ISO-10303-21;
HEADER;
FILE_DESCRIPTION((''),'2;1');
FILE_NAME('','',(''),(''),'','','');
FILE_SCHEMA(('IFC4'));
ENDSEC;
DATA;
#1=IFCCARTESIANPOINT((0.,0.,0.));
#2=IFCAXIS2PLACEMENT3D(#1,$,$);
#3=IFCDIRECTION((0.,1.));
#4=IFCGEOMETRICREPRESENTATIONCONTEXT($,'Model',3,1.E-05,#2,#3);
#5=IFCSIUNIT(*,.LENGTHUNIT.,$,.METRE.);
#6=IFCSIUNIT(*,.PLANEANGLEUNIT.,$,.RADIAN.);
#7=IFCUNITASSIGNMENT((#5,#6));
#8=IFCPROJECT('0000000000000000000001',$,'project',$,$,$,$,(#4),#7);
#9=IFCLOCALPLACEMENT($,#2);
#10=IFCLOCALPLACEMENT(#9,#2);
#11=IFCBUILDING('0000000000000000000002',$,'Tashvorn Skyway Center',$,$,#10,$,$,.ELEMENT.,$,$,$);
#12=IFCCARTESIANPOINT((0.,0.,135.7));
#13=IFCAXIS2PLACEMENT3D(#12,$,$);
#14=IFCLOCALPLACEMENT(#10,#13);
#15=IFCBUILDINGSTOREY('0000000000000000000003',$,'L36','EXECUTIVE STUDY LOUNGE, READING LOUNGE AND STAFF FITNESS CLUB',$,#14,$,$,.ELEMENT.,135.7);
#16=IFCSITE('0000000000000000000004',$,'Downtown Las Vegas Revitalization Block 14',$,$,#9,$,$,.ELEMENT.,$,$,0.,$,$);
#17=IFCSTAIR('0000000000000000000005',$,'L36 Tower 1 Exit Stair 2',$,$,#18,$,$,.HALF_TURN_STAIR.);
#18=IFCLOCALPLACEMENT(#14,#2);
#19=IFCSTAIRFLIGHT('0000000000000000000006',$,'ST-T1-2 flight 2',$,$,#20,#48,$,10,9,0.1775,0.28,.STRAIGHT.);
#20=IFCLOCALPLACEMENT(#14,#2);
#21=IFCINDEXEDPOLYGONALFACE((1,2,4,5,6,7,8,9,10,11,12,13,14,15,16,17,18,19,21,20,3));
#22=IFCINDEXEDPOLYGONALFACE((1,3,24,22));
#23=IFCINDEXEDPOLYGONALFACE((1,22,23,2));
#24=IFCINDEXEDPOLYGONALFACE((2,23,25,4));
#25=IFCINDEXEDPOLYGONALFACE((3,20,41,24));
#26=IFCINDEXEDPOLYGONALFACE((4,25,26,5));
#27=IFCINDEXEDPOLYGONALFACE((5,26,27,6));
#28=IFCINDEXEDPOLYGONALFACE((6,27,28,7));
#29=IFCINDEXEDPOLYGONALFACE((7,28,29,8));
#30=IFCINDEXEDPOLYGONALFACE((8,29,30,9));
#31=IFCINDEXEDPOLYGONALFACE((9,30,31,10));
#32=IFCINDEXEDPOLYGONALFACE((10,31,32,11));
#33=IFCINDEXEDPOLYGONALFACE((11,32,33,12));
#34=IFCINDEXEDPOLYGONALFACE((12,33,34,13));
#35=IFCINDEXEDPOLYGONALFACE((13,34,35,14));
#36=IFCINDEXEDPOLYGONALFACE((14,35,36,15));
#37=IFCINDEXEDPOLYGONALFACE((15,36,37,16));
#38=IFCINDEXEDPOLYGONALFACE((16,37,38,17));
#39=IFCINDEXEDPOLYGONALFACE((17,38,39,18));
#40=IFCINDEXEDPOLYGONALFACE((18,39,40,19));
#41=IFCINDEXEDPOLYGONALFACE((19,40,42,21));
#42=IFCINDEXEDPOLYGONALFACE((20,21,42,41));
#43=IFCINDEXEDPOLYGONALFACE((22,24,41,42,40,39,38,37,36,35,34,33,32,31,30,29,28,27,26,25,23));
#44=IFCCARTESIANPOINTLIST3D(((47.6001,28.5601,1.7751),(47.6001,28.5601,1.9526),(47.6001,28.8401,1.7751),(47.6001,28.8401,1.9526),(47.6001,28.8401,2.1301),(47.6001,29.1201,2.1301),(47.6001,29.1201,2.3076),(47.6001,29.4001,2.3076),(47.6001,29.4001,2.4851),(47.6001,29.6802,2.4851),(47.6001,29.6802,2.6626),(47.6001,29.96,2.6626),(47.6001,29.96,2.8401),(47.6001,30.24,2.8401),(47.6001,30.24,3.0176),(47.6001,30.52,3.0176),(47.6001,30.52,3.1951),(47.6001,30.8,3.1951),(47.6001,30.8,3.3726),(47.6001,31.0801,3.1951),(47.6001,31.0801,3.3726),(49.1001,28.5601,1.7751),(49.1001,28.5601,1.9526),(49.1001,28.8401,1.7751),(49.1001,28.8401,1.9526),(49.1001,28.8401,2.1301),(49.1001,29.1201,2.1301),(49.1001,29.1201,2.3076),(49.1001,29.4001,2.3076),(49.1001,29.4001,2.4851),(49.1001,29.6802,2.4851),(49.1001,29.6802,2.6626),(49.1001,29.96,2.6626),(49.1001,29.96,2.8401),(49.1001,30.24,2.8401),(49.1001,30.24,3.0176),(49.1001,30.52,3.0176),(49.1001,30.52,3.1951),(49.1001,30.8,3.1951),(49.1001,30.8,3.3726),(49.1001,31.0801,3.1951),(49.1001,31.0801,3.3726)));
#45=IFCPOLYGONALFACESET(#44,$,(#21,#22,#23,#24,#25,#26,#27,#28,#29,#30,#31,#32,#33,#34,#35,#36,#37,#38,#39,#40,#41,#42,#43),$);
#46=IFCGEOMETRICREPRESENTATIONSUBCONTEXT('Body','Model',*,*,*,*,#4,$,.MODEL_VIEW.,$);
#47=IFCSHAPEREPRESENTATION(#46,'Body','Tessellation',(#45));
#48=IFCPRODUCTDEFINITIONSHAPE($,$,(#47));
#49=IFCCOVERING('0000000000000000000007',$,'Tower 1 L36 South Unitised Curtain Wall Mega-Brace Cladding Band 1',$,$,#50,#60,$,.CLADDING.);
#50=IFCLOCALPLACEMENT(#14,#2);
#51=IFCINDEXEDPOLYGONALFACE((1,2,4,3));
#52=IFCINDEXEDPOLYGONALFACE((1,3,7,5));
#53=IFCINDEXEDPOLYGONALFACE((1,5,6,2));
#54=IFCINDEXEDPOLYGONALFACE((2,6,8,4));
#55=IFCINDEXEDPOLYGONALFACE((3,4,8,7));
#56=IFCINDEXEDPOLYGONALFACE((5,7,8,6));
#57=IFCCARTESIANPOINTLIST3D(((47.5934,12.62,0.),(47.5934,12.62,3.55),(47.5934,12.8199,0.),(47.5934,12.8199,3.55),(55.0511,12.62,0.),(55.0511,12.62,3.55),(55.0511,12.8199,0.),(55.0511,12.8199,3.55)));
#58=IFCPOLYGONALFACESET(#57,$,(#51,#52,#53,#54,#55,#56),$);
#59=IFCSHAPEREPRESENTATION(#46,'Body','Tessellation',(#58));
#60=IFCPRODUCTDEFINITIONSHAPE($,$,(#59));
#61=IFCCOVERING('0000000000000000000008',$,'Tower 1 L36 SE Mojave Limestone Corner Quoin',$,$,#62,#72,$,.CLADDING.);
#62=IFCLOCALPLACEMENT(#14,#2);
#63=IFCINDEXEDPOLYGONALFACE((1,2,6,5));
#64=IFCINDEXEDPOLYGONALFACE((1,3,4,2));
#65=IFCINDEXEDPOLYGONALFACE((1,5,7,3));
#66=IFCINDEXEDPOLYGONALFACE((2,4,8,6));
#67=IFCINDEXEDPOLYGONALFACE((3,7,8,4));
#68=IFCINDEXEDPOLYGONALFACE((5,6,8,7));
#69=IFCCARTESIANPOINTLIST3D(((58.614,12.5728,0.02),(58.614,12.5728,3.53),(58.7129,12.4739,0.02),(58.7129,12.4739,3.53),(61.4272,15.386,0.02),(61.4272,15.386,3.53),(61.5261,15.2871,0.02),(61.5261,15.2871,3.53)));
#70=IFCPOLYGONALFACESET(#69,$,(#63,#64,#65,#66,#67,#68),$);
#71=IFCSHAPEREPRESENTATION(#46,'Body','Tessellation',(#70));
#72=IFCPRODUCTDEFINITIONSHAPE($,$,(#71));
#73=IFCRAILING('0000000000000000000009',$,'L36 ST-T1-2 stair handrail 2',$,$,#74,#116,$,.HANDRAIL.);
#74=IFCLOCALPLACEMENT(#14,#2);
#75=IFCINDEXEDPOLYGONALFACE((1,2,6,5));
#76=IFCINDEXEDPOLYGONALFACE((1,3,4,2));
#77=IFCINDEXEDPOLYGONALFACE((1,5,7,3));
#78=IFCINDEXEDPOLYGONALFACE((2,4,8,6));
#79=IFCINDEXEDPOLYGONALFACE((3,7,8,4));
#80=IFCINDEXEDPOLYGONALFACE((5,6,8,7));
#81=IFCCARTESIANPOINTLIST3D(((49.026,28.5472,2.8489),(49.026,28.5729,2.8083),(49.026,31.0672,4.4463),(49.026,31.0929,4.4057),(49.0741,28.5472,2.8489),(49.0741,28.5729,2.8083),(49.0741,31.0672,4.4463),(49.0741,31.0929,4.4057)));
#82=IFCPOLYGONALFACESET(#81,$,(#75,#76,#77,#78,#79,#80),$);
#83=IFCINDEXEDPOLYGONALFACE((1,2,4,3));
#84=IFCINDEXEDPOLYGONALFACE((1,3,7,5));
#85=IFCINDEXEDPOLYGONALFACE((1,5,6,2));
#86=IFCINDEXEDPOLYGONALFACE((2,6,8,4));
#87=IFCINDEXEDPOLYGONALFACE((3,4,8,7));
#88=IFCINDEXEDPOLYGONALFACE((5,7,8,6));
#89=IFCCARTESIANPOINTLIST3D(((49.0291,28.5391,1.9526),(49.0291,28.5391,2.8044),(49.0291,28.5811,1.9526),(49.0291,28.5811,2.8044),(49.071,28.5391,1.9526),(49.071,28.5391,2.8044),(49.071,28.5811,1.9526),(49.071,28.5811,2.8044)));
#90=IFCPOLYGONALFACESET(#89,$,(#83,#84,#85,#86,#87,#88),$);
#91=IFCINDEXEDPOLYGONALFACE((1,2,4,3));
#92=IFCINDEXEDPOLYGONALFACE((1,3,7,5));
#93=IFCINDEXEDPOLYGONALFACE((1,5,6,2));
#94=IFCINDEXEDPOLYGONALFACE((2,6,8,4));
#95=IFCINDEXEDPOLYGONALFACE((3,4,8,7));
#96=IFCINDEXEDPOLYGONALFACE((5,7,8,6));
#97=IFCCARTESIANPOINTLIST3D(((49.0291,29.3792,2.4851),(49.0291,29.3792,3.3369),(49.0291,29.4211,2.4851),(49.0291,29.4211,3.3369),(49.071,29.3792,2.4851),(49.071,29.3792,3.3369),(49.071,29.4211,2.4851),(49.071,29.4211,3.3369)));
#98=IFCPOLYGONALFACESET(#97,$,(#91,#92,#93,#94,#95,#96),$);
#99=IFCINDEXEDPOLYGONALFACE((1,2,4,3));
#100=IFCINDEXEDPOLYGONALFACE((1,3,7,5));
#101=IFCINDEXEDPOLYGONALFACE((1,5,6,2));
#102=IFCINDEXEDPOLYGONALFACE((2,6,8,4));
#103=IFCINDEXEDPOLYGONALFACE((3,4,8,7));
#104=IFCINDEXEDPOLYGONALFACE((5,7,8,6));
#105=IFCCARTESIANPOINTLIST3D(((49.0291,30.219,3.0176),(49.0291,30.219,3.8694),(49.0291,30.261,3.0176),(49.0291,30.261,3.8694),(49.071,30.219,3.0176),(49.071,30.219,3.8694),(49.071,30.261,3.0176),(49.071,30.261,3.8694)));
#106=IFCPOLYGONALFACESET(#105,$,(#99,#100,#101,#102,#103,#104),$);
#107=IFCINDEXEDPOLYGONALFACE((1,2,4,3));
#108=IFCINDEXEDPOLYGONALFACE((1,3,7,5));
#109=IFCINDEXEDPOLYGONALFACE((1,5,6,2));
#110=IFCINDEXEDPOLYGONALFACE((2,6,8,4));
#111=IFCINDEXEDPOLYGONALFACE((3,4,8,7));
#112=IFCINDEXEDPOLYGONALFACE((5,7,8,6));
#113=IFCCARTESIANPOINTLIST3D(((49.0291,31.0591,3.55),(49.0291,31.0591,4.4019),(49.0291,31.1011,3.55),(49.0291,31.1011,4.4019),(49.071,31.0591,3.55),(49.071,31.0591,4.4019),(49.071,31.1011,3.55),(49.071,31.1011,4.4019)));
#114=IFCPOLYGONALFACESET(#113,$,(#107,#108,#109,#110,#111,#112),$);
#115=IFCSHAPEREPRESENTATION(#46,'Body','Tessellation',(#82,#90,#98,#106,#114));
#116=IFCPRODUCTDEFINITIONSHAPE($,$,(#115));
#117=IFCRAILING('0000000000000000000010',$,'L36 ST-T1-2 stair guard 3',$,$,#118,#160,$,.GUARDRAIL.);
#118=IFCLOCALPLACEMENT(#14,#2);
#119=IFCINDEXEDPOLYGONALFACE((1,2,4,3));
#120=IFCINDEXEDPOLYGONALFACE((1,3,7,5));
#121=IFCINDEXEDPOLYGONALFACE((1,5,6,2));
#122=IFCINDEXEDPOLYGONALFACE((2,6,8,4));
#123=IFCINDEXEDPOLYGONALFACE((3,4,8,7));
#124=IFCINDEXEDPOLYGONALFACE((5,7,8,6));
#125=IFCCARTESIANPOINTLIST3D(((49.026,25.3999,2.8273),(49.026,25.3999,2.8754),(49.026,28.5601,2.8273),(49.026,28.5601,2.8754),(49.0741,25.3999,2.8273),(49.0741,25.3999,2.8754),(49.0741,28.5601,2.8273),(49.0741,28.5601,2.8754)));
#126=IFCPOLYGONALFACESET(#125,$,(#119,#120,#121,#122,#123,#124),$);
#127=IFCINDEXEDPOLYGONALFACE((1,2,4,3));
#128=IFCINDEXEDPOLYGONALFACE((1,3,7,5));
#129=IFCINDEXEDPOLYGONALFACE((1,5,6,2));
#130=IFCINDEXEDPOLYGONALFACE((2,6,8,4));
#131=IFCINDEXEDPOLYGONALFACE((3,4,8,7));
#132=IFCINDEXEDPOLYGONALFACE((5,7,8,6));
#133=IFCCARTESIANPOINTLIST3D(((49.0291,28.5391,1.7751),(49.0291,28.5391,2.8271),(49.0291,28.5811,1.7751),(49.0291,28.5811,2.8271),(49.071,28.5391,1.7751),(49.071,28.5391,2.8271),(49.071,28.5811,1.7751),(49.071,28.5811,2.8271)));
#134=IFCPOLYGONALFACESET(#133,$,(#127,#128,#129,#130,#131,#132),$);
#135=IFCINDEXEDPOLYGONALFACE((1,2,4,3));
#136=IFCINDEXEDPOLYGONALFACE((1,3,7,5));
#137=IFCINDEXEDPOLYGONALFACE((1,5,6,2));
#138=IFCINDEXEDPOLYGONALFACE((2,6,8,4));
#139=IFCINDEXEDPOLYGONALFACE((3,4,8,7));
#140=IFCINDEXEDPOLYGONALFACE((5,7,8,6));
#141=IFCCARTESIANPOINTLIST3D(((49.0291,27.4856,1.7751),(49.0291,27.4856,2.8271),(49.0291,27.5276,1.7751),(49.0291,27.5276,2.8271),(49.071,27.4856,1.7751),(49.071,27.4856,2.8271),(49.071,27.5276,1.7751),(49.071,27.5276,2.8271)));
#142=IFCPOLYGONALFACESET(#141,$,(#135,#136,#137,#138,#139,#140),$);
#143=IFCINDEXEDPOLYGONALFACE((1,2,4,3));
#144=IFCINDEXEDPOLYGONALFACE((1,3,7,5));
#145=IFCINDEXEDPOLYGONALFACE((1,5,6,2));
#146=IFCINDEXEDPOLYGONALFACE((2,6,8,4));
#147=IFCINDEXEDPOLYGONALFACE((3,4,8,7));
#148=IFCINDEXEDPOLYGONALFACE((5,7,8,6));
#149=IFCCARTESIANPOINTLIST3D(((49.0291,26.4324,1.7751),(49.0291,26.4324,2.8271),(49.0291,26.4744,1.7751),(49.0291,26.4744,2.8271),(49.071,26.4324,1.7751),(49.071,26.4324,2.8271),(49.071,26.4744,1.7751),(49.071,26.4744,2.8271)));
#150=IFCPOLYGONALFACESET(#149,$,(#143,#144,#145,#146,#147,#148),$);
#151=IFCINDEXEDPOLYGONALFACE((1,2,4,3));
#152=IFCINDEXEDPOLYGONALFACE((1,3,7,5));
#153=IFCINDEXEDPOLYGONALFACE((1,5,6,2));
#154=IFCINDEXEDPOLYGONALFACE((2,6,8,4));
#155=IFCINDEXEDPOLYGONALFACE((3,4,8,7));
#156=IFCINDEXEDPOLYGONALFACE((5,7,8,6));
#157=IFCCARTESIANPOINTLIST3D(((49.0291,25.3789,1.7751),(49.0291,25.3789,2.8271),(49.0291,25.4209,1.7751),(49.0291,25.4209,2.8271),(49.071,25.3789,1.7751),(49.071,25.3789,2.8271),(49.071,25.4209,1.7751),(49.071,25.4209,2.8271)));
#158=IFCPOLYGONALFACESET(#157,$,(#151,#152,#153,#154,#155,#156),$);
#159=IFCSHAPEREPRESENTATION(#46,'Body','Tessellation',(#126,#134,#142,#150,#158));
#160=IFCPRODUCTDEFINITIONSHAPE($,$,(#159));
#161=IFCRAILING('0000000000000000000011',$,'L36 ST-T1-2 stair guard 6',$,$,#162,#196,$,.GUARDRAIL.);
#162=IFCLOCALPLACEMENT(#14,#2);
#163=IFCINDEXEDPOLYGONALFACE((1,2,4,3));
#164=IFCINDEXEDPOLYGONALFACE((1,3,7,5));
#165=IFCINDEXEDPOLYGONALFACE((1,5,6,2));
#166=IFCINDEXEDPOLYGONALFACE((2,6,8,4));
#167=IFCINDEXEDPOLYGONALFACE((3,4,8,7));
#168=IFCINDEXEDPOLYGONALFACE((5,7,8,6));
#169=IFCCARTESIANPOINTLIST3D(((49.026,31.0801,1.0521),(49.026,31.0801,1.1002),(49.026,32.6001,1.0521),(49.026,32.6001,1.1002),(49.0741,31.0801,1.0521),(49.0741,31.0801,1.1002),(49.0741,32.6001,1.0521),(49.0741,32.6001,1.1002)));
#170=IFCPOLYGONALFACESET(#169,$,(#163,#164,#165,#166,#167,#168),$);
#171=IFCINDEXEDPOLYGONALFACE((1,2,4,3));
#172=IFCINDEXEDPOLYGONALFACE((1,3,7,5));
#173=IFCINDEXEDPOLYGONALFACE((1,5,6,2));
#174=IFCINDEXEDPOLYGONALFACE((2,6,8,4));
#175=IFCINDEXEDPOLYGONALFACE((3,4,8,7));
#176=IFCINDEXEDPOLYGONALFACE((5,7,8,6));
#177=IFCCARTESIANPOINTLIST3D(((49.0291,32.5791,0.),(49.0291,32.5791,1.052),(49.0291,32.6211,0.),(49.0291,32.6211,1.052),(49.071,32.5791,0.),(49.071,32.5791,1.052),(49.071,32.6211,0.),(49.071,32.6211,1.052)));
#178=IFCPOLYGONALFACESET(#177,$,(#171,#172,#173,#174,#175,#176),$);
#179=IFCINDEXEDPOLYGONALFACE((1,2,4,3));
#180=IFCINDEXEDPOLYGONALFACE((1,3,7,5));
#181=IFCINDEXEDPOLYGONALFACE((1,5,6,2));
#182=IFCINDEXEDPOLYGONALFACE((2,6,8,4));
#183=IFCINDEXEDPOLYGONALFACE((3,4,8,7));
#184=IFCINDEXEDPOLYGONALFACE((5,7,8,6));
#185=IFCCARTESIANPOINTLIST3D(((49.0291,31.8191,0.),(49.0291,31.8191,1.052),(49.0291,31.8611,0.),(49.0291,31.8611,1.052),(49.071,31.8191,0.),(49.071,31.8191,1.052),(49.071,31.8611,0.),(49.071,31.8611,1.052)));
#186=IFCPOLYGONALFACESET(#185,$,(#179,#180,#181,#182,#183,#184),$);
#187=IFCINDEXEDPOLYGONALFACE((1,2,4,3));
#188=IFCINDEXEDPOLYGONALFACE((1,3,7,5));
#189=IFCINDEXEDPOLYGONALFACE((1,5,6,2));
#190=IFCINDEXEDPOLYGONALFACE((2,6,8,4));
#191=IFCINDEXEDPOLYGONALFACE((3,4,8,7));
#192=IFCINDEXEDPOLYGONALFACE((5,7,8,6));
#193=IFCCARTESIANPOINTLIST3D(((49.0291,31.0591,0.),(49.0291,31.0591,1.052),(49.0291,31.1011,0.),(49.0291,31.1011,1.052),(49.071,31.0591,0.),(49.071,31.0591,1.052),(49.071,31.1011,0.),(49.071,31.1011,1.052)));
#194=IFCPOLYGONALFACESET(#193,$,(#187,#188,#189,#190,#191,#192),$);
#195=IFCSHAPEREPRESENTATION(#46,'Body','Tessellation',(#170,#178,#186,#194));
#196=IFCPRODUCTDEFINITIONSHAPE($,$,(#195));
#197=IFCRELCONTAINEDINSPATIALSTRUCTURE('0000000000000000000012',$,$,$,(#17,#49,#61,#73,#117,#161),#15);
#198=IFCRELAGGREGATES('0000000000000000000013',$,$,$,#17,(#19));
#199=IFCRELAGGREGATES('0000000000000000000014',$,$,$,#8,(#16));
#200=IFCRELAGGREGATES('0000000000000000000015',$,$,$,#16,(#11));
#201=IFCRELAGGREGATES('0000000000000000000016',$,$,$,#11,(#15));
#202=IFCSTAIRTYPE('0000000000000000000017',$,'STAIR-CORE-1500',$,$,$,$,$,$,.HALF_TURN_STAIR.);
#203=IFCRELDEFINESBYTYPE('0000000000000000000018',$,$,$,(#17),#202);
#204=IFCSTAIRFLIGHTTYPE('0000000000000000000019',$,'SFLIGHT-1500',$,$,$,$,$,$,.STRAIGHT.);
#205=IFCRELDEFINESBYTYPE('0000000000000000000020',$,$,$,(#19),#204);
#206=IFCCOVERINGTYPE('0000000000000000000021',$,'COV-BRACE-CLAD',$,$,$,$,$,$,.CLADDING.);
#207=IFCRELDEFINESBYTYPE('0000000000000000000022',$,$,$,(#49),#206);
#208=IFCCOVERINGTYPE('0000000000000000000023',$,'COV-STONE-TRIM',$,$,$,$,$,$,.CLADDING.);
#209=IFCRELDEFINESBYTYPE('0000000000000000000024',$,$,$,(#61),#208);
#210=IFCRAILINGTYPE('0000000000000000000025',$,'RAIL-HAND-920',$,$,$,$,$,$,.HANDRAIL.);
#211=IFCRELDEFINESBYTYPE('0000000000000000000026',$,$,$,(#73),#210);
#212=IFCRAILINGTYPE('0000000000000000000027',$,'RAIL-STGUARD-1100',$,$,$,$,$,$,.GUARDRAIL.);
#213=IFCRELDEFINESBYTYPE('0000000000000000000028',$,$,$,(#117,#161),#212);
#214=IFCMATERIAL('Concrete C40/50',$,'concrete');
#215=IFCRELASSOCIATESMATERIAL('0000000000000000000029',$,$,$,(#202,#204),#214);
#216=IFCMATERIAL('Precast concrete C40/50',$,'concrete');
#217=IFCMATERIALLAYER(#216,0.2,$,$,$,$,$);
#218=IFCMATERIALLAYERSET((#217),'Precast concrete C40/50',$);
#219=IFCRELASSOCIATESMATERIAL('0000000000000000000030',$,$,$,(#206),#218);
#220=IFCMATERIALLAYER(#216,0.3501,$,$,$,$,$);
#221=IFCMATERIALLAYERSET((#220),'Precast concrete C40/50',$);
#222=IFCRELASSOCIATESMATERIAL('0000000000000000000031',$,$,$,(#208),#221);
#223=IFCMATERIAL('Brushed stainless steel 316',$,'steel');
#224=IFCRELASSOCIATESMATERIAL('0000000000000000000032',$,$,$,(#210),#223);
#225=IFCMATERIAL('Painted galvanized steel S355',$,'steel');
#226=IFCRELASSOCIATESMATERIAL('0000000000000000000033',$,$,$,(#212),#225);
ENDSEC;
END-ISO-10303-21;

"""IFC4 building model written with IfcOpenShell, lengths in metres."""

from ifc_helpers import new_model, si_unit, direction, frame, origin, origin_2d, place, context, subcontext, project, spatial, polyline, rectangle, outline, extrude, material, layer, layer_set, type_object, element, aggregate, save


model = new_model("IFC4")

# Units and contexts
model_context = context("Model", 3, precision=1e-05, world=origin(), true_north=direction((0.0, 1.0)))
body_context = subcontext(model_context, "Body", "Model", "MODEL_VIEW")
ifc_project = project(units=[si_unit("LENGTHUNIT", "METRE"), si_unit("PLANEANGLEUNIT", "RADIAN")], contexts=[model_context])

# Site, building, storey
site_placement = place(None, origin())
site = spatial("IfcSite", under=ifc_project, at=site_placement, Name="Downtown Las Vegas Revitalization Block 14", CompositionType="ELEMENT", RefElevation=0.0)
building_placement = place(site_placement, origin())
building = spatial("IfcBuilding", under=site, at=building_placement, Name="Tashvorn Skyway Center", CompositionType="ELEMENT")
storey_placement = place(building_placement, frame((0.0, 0.0, 135.7)))
storey = spatial("IfcBuildingStorey", under=building, at=storey_placement, Name="L36", Description="EXECUTIVE STUDY LOUNGE, READING LOUNGE AND STAFF FITNESS CLUB", CompositionType="ELEMENT", Elevation=135.7)

# Stair, stair flight
ifc_material_1 = material(Name="Concrete C40/50", Category="concrete")
stair_type = type_object("IfcStairType", Name="STAIR-CORE-1500", PredefinedType="HALF_TURN_STAIR", material=ifc_material_1)
stair_placement = place(storey_placement, origin())
stair = element("IfcStair", 1, at=stair_placement, inside=storey, type_object=stair_type, Name="L36 Tower 1 Exit Stair 2", PredefinedType="HALF_TURN_STAIR")
stair_flight_type = type_object("IfcStairFlightType", Name="SFLIGHT-1500", PredefinedType="STRAIGHT", material=ifc_material_1)
stair_flight_placement = place(storey_placement, frame((48.3501, 28.5601, 1.7751), z_axis=(0.0, 0.0, 1.0), x_axis=(0.0, 1.0, 0.0)))
stair_flight = element("IfcStairFlight", 2, at=stair_flight_placement, type_object=stair_flight_type, Name="ST-T1-2 flight 2", NumberOfRisers=10, NumberOfTreads=9, PredefinedType="STRAIGHT", RiserHeight=0.1775, TreadLength=0.28, context=body_context, shape_type="SweptSolid", body=[
    extrude(outline(polyline([(0.0, 0.0), (0.0, 0.1775), (0.28, 0.1775), (0.28, 0.355), (0.5601, 0.355), (0.5601, 0.5325), (0.8401, 0.5325), (0.8401, 0.71), (1.1201, 0.71), (1.1201, 0.8875), (1.3999, 0.8875), (1.3999, 1.0649), (1.6799, 1.0649), (1.6799, 1.2424), (1.96, 1.2424), (1.96, 1.4199), (2.24, 1.4199), (2.24, 1.5974), (2.52, 1.5974), (2.52, 1.7749), (2.52, 1.4199), (0.28, 0.0), (0.0, 0.0)])), frame((0.0, 0.75, 0.0), z_axis=(0.0, -1.0, 0.0), x_axis=(1.0, 0.0, 0.0)), (0.0, 0.0, 1.0), 1.5),
])
aggregate(stair, [stair_flight])

# Coverings
ifc_material_2 = material(Name="Precast concrete C40/50", Category="concrete")
ifc_layer_1 = layer(ifc_material_2, 0.2)
ifc_layer_set_1 = layer_set([ifc_layer_1], Name="Precast concrete C40/50")
covering_type_1 = type_object("IfcCoveringType", Name="COV-BRACE-CLAD", PredefinedType="CLADDING", material=ifc_layer_set_1)
covering_1_placement = place(storey_placement, frame((51.3223, 12.72, 0.0), z_axis=(0.0, 0.0, 1.0), x_axis=(-1.0, 0.0, 0.0)))
element("IfcCovering", 3, at=covering_1_placement, inside=storey, type_object=covering_type_1, Name="Tower 1 L36 South Unitised Curtain Wall Mega-Brace Cladding Band 1", PredefinedType="CLADDING", context=body_context, shape_type="SweptSolid", body=[
    extrude(rectangle(XDim=7.4578, YDim=0.2, at=origin_2d()), origin(), (0.0, 0.0, 1.0), 3.55),
])
ifc_layer_2 = layer(ifc_material_2, 0.3501)
ifc_layer_set_2 = layer_set([ifc_layer_2], Name="Precast concrete C40/50")
covering_type_2 = type_object("IfcCoveringType", Name="COV-STONE-TRIM", PredefinedType="CLADDING", material=ifc_layer_set_2)
covering_2_placement = place(storey_placement, frame((60.0701, 13.9299, 0.02), z_axis=(0.0, 0.0, 1.0), x_axis=(0.707107, 0.707107, 0.0)))
element("IfcCovering", 4, at=covering_2_placement, inside=storey, type_object=covering_type_2, Name="Tower 1 L36 SE Mojave Limestone Corner Quoin", PredefinedType="CLADDING", context=body_context, shape_type="SweptSolid", body=[
    extrude(rectangle(XDim=3.9785, YDim=0.1399, at=origin_2d()), origin(), (0.0, 0.0, 1.0), 3.51),
])

# Railings
ifc_material_3 = material(Name="Brushed stainless steel 316", Category="steel")
railing_type_1 = type_object("IfcRailingType", Name="RAIL-HAND-920", PredefinedType="HANDRAIL", material=ifc_material_3)
railing_1_placement = place(storey_placement, frame((49.05, 28.5601, 1.9526)))
element("IfcRailing", 5, at=railing_1_placement, inside=storey, type_object=railing_type_1, Name="L36 ST-T1-2 stair handrail 2", PredefinedType="HANDRAIL", context=body_context, shape_type="SweptSolid", body=[
    extrude(rectangle(XDim=0.0481, YDim=0.0481, at=origin_2d()), frame((0.0, 0.0, 0.876), z_axis=(0.0, 0.844607, 0.535387), x_axis=(-1.0, 0.0, 0.0)), (0.0, 0.0, 1.0), 2.9836),
    extrude(rectangle(XDim=0.042, YDim=0.042, at=origin_2d()), origin(), (0.0, 0.0, 1.0), 0.8518),
    extrude(rectangle(XDim=0.042, YDim=0.042, at=origin_2d()), frame((0.0, 0.8401, 0.5325)), (0.0, 0.0, 1.0), 0.8518),
    extrude(rectangle(XDim=0.042, YDim=0.042, at=origin_2d()), frame((0.0, 1.6799, 1.0649)), (0.0, 0.0, 1.0), 0.8518),
    extrude(rectangle(XDim=0.042, YDim=0.042, at=origin_2d()), frame((0.0, 2.52, 1.5974)), (0.0, 0.0, 1.0), 0.8518),
])
ifc_material_4 = material(Name="Painted galvanized steel S355", Category="steel")
railing_type_2 = type_object("IfcRailingType", Name="RAIL-STGUARD-1100", PredefinedType="GUARDRAIL", material=ifc_material_4)
railing_2_placement = place(storey_placement, frame((49.05, 28.5601, 1.7751)))
element("IfcRailing", 6, at=railing_2_placement, inside=storey, type_object=railing_type_2, Name="L36 ST-T1-2 stair guard 3", PredefinedType="GUARDRAIL", context=body_context, shape_type="SweptSolid", body=[
    extrude(rectangle(XDim=0.0481, YDim=0.0481, at=origin_2d()), frame((0.0, 0.0, 1.0762), z_axis=(0.0, -1.0, 0.0), x_axis=(1.0, 0.0, 0.0)), (0.0, 0.0, 1.0), 3.1602),
    extrude(rectangle(XDim=0.042, YDim=0.042, at=origin_2d()), origin(), (0.0, 0.0, 1.0), 1.052),
    extrude(rectangle(XDim=0.042, YDim=0.042, at=origin_2d()), frame((0.0, -1.0535, 0.0)), (0.0, 0.0, 1.0), 1.052),
    extrude(rectangle(XDim=0.042, YDim=0.042, at=origin_2d()), frame((0.0, -2.1067, 0.0)), (0.0, 0.0, 1.0), 1.052),
    extrude(rectangle(XDim=0.042, YDim=0.042, at=origin_2d()), frame((0.0, -3.1602, 0.0)), (0.0, 0.0, 1.0), 1.052),
])
railing_3_placement = place(storey_placement, frame((49.05, 32.6001, 0.0)))
element("IfcRailing", 7, at=railing_3_placement, inside=storey, type_object=railing_type_2, Name="L36 ST-T1-2 stair guard 6", PredefinedType="GUARDRAIL", context=body_context, shape_type="SweptSolid", body=[
    extrude(rectangle(XDim=0.0481, YDim=0.0481, at=origin_2d()), frame((0.0, 0.0, 1.0762), z_axis=(0.0, -1.0, 0.0), x_axis=(1.0, 0.0, 0.0)), (0.0, 0.0, 1.0), 1.52),
    extrude(rectangle(XDim=0.042, YDim=0.042, at=origin_2d()), origin(), (0.0, 0.0, 1.0), 1.052),
    extrude(rectangle(XDim=0.042, YDim=0.042, at=origin_2d()), frame((0.0, -0.76, 0.0)), (0.0, 0.0, 1.0), 1.052),
    extrude(rectangle(XDim=0.042, YDim=0.042, at=origin_2d()), frame((0.0, -1.52, 0.0)), (0.0, 0.0, 1.0), 1.052),
])

save(model, "model.ifc")
